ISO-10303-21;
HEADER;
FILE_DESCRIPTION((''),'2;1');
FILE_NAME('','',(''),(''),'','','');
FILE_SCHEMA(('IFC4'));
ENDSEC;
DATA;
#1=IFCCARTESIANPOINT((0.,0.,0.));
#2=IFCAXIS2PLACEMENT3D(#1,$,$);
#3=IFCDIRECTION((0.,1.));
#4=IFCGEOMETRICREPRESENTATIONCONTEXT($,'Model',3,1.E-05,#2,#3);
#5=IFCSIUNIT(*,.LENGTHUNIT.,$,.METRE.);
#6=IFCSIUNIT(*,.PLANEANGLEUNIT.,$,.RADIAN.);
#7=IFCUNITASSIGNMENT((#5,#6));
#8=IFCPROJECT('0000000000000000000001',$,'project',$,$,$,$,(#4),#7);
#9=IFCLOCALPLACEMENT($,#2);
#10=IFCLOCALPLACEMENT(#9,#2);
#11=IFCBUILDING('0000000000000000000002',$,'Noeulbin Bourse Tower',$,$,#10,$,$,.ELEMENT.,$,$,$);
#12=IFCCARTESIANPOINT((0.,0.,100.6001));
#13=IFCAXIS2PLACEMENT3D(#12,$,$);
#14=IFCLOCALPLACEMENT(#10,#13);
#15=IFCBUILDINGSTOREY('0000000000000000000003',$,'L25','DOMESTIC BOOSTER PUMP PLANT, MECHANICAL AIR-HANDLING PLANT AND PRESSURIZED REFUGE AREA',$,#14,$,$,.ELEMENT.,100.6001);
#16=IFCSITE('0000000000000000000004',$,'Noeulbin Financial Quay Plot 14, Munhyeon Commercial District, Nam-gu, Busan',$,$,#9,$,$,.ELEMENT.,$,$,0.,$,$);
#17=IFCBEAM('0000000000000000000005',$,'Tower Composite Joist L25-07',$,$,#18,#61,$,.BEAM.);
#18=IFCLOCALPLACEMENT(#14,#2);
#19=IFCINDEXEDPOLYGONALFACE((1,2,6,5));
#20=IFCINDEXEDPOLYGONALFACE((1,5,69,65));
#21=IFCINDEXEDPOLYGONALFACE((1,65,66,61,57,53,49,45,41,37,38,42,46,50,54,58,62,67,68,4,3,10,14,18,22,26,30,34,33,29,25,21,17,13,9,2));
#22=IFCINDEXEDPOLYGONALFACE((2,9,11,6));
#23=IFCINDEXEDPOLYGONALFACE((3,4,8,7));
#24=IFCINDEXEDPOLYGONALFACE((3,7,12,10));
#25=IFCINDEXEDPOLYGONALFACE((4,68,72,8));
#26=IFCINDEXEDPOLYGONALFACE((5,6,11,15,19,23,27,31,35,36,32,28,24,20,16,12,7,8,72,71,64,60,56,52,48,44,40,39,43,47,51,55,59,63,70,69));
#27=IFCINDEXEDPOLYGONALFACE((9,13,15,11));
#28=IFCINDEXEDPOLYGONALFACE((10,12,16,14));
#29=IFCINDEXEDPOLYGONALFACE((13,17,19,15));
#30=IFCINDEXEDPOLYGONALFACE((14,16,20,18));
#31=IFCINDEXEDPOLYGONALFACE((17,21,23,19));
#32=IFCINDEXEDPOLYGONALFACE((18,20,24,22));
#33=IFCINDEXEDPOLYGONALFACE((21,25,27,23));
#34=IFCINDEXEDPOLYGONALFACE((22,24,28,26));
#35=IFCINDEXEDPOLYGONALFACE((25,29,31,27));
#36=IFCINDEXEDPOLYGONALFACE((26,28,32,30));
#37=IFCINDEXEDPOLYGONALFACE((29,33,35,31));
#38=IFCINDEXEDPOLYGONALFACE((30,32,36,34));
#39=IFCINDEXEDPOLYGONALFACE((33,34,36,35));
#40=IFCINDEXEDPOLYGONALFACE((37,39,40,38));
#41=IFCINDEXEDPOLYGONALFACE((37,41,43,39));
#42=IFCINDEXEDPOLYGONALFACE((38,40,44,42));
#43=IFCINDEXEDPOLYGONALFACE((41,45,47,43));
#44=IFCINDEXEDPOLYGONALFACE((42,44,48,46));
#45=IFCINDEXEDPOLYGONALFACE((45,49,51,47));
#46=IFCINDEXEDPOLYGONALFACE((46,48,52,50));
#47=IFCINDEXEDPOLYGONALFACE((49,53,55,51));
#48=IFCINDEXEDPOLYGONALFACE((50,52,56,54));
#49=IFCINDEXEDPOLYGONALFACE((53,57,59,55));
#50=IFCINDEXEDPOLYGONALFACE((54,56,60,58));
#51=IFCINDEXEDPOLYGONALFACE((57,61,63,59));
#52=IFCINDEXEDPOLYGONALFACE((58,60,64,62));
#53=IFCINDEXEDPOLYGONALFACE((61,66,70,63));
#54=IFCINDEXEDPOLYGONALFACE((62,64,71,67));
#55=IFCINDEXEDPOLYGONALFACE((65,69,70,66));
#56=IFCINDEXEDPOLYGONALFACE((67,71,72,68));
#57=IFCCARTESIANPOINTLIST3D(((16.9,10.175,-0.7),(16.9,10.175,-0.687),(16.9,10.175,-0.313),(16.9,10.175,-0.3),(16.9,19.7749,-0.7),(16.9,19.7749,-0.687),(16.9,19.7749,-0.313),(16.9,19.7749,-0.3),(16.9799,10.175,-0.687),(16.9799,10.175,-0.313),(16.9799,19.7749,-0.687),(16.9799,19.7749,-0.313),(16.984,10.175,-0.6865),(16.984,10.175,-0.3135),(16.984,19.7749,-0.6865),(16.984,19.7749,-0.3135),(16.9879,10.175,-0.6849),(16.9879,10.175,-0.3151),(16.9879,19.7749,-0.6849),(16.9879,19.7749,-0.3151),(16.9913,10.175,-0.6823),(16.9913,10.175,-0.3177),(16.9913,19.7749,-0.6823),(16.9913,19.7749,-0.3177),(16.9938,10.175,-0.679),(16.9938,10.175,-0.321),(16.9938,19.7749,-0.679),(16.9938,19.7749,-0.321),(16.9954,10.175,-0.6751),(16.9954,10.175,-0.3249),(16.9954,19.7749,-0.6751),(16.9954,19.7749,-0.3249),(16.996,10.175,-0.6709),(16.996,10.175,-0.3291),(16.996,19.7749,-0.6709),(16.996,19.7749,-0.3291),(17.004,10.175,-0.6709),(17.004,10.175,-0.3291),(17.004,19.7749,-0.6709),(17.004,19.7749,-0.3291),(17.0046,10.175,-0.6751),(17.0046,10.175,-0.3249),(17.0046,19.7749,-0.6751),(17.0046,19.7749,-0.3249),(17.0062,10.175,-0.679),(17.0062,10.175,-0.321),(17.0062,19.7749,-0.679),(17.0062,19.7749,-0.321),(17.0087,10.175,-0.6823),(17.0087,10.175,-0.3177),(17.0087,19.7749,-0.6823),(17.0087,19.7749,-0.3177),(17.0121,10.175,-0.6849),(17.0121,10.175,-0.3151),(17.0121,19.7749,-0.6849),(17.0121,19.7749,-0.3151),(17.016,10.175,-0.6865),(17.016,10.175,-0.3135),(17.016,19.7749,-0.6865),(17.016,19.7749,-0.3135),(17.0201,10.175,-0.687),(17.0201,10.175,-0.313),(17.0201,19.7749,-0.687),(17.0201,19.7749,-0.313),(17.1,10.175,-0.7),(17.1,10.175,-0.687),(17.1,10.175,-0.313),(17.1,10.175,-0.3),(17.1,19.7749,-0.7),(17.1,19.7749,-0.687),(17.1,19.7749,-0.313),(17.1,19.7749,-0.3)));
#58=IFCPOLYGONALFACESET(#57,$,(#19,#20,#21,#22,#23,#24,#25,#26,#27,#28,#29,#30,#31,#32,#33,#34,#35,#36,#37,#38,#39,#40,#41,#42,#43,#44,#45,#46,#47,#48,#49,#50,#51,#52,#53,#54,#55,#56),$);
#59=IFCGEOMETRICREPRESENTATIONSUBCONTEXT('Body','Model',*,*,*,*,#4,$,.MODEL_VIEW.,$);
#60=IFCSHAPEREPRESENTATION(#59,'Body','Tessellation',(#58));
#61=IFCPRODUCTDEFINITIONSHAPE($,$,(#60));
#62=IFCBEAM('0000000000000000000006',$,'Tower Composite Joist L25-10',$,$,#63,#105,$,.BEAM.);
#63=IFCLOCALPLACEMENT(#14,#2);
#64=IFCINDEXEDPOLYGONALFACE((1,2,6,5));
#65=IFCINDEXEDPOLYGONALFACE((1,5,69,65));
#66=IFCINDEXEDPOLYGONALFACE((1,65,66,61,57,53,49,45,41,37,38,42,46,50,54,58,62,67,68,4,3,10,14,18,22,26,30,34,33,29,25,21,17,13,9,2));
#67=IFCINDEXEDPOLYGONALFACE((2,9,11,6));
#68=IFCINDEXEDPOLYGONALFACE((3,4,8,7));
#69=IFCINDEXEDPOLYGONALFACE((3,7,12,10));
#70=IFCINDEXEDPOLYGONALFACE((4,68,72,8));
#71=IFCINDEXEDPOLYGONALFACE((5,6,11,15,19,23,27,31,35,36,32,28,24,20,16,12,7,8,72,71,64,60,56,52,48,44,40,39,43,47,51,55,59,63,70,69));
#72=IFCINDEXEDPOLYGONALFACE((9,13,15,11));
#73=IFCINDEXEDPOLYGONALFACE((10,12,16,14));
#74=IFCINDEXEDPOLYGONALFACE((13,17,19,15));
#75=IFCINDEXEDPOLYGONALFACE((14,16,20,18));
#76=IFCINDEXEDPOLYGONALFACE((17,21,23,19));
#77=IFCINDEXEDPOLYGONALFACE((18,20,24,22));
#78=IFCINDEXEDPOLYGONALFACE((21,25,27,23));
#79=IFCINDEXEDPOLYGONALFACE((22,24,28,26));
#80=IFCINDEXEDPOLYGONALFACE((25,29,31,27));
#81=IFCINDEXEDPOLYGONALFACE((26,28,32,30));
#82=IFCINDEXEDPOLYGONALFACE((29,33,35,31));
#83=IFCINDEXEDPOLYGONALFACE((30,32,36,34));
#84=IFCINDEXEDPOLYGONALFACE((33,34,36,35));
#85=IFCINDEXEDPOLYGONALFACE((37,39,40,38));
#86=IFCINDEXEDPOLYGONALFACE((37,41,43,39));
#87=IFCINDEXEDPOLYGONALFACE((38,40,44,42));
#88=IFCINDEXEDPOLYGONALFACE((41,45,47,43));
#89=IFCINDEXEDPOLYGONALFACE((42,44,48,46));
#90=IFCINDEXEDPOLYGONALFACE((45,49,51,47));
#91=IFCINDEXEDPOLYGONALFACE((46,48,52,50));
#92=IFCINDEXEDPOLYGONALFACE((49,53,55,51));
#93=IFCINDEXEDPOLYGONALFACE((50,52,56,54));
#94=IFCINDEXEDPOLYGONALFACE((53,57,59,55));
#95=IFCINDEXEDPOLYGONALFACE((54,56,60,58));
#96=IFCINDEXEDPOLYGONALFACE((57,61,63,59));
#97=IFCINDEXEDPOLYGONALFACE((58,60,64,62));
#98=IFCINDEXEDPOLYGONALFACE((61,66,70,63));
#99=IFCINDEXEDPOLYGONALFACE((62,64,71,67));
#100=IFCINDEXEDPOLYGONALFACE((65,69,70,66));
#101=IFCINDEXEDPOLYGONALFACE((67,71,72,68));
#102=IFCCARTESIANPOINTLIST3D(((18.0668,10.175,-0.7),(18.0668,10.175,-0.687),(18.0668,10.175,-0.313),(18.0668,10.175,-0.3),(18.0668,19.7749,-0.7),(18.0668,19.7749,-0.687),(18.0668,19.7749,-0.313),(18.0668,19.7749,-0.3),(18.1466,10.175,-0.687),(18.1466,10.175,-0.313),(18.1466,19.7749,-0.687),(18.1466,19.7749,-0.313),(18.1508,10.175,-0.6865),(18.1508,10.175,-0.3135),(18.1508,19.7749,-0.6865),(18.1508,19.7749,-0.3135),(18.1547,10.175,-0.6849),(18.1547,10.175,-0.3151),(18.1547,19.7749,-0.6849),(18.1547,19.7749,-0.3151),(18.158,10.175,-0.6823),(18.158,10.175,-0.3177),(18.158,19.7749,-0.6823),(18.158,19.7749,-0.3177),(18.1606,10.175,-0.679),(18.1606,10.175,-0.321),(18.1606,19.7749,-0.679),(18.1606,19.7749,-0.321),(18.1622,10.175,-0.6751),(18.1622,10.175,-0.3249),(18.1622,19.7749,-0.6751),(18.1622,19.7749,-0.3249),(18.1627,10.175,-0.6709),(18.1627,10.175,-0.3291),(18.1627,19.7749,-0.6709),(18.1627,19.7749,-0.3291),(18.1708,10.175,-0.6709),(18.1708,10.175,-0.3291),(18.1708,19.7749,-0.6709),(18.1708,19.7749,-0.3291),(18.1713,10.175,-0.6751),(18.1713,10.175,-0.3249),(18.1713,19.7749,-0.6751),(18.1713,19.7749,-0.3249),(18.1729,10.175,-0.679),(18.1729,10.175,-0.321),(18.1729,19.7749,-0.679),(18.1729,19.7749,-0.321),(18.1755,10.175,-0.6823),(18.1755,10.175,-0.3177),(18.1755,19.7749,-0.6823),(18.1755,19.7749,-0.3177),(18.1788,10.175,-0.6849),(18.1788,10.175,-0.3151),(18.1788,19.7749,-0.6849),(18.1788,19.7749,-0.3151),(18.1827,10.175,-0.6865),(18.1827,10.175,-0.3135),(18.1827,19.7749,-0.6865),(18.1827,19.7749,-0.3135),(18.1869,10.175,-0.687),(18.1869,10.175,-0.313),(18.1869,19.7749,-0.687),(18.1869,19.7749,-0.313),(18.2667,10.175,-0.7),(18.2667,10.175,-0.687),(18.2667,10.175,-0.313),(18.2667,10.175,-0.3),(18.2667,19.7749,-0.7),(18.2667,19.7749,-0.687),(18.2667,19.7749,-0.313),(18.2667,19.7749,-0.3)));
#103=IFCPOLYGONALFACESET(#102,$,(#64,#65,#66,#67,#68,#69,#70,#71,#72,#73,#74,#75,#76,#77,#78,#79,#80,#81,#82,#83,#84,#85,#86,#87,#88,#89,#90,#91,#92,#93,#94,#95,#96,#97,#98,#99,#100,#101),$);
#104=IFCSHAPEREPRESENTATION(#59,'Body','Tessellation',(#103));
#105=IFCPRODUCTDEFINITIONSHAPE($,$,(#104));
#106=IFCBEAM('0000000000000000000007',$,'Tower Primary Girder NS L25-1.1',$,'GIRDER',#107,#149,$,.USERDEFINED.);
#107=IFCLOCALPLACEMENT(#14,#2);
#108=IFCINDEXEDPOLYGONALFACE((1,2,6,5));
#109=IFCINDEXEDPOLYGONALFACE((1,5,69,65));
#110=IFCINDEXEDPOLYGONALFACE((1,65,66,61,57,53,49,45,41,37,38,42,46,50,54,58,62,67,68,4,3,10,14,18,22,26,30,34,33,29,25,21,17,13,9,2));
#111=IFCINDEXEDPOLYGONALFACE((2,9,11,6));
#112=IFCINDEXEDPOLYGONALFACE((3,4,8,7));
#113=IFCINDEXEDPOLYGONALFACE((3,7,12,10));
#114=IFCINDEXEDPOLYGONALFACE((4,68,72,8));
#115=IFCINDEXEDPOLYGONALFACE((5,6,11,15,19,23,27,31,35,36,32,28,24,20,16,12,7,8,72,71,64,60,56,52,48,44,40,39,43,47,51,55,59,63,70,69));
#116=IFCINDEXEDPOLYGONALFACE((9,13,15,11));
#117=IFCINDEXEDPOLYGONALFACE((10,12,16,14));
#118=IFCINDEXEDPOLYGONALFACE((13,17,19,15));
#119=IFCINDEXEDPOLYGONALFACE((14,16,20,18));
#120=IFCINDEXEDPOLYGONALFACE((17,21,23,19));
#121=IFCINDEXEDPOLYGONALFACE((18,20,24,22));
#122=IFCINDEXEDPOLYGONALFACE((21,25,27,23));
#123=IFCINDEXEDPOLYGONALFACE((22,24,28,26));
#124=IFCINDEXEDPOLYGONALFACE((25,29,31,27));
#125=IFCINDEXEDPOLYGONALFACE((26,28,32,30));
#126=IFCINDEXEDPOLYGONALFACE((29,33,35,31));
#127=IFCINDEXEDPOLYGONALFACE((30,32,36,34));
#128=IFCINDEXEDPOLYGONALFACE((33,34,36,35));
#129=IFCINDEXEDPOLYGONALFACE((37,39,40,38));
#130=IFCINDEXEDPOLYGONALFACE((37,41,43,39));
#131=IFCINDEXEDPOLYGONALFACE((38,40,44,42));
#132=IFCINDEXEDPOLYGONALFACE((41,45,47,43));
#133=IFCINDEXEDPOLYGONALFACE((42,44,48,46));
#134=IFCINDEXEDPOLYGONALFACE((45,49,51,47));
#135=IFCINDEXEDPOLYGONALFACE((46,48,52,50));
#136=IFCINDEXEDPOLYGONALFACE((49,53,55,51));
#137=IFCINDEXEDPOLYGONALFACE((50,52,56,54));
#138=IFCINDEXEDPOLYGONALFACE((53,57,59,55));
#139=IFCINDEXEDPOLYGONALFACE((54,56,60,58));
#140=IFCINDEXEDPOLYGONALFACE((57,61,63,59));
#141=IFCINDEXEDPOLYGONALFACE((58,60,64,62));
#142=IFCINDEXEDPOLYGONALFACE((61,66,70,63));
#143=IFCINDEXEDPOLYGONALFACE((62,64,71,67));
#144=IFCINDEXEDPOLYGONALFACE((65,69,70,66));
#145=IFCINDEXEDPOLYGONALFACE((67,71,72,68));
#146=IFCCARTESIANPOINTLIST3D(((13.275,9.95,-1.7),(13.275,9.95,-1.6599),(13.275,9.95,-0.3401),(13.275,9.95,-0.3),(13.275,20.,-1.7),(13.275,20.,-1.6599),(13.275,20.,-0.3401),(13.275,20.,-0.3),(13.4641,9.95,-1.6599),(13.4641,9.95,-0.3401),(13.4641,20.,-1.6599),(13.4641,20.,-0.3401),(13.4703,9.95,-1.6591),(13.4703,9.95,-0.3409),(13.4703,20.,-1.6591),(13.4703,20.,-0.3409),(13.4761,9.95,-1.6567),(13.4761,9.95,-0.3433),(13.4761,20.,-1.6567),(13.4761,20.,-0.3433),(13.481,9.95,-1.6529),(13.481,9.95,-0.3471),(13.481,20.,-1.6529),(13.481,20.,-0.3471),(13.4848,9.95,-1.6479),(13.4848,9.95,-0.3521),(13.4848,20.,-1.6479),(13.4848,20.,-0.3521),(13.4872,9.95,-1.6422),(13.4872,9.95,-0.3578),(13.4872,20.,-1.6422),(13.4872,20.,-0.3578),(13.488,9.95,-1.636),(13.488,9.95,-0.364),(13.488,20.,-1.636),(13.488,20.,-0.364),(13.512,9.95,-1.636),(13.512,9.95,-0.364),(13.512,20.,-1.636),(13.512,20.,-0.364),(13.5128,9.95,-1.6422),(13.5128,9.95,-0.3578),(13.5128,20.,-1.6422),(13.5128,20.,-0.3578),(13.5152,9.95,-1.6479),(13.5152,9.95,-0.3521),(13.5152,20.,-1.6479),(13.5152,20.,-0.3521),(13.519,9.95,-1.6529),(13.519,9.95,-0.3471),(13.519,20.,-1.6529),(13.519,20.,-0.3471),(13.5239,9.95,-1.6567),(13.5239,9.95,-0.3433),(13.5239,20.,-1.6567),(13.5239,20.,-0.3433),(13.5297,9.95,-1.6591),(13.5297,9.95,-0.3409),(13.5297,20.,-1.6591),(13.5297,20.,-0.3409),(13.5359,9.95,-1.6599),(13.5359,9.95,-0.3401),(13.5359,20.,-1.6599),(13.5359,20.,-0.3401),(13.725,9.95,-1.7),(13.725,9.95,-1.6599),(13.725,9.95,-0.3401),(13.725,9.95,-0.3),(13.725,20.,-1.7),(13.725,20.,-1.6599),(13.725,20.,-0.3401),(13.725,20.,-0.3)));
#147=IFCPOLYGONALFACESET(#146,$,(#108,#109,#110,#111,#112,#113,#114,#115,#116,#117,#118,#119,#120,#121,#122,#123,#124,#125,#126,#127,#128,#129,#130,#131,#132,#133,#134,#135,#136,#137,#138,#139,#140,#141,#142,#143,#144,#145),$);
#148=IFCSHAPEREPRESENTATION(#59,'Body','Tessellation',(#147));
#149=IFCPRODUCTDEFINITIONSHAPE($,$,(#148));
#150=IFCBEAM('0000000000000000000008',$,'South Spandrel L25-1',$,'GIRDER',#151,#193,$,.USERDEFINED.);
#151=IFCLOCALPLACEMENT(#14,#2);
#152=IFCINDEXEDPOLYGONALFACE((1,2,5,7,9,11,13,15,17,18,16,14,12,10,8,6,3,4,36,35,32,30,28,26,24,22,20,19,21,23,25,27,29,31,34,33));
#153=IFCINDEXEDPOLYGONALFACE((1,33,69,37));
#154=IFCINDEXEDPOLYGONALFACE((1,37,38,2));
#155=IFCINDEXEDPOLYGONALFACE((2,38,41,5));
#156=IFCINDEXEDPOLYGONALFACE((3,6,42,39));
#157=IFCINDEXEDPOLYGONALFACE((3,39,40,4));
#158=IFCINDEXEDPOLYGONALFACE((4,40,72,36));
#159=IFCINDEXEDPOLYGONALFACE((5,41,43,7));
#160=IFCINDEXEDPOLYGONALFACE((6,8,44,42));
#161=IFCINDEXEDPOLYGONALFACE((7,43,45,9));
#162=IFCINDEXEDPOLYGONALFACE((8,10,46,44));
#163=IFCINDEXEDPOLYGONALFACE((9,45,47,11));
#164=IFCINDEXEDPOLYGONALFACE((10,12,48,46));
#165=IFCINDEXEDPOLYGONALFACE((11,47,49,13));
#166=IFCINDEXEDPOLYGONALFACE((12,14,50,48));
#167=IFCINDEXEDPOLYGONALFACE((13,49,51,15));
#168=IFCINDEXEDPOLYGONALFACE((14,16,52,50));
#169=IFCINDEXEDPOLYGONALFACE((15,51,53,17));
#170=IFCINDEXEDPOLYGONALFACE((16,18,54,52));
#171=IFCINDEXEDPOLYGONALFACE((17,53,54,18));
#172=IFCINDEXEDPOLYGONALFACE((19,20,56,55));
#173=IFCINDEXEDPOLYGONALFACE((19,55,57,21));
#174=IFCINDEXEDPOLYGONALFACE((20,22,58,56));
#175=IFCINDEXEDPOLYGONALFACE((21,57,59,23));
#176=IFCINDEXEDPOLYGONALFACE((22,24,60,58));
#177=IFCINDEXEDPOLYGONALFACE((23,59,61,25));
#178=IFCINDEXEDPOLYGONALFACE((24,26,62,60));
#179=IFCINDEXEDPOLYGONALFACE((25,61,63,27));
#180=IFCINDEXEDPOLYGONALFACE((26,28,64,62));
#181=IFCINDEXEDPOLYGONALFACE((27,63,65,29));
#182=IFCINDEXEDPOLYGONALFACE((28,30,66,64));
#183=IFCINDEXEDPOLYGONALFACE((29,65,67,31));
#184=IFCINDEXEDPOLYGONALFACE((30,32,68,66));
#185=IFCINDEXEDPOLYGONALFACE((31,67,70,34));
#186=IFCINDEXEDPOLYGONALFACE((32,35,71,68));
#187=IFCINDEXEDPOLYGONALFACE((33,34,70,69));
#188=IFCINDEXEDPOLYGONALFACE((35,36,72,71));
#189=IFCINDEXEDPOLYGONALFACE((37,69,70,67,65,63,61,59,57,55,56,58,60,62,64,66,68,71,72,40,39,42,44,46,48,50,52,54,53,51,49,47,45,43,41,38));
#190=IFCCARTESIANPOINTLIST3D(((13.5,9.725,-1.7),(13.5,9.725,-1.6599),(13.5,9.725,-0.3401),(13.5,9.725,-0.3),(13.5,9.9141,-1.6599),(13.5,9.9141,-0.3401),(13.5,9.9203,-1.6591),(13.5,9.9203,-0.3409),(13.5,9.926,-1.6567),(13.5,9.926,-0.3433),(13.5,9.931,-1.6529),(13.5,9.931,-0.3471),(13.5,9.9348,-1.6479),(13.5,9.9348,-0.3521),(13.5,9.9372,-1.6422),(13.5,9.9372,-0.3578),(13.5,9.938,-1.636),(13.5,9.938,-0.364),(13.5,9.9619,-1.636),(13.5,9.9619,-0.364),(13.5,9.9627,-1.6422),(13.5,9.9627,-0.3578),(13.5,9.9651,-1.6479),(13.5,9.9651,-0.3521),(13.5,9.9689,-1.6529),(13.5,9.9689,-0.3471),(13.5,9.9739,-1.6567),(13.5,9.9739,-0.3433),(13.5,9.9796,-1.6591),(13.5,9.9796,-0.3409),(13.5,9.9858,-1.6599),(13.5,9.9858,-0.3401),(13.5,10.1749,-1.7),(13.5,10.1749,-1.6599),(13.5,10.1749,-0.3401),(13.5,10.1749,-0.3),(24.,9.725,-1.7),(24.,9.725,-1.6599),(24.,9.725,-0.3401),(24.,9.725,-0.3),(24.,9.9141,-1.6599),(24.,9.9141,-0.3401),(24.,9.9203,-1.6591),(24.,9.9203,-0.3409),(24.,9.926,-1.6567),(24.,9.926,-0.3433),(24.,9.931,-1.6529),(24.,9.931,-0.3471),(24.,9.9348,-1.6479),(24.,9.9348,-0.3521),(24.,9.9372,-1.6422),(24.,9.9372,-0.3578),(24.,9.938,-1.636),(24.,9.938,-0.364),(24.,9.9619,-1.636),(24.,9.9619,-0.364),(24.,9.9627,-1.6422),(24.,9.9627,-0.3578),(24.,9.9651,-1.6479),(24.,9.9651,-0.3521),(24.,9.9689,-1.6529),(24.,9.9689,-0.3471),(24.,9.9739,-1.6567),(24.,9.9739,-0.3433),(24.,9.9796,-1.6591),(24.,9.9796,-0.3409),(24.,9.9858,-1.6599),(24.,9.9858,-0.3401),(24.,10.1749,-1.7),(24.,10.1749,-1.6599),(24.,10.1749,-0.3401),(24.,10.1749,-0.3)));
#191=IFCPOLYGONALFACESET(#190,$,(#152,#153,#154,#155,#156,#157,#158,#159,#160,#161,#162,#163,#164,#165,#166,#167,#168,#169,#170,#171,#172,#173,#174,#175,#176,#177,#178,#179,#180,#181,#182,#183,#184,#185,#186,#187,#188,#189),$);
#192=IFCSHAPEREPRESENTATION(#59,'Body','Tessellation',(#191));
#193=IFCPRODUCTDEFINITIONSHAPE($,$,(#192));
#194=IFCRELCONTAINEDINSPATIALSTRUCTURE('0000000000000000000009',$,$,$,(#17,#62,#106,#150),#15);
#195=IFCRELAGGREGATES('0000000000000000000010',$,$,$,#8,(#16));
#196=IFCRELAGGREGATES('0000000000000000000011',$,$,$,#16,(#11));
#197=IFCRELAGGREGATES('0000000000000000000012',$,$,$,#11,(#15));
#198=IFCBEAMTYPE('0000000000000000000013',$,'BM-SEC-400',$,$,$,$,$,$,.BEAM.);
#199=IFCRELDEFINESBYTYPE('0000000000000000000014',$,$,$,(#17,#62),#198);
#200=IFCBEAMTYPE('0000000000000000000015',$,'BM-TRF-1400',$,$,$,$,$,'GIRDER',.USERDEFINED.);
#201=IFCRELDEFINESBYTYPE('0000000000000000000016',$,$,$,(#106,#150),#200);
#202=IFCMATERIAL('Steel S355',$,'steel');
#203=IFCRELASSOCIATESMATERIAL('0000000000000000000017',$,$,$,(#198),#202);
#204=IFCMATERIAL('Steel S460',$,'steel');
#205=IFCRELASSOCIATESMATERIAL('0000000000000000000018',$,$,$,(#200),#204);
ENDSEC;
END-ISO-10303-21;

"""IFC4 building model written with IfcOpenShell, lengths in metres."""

from ifc_helpers import new_model, si_unit, direction, frame, origin, origin_2d, place, context, subcontext, project, spatial, i_section, extrude, material, material_profile, profile_set, type_object, element, save


model = new_model("IFC4")

# Units and contexts
model_context = context("Model", 3, precision=1e-05, world=origin(), true_north=direction((0.0, 1.0)))
body_context = subcontext(model_context, "Body", "Model", "MODEL_VIEW")
ifc_project = project(units=[si_unit("LENGTHUNIT", "METRE"), si_unit("PLANEANGLEUNIT", "RADIAN")], contexts=[model_context])

# Site, building, storey
site_placement = place(None, origin())
site = spatial("IfcSite", under=ifc_project, at=site_placement, Name="Noeulbin Financial Quay Plot 14, Munhyeon Commercial District, Nam-gu, Busan", CompositionType="ELEMENT", RefElevation=0.0)
building_placement = place(site_placement, origin())
building = spatial("IfcBuilding", under=site, at=building_placement, Name="Noeulbin Bourse Tower", CompositionType="ELEMENT")
storey_placement = place(building_placement, frame((0.0, 0.0, 100.6001)))
storey = spatial("IfcBuildingStorey", under=building, at=storey_placement, Name="L25", Description="DOMESTIC BOOSTER PUMP PLANT, MECHANICAL AIR-HANDLING PLANT AND PRESSURIZED REFUGE AREA", CompositionType="ELEMENT", Elevation=100.6001)

# Shared definitions
ifc_material_1 = material(Name="Steel S460", Category="steel")

# Beams
ifc_material_2 = material(Name="Steel S355", Category="steel")
ifc_material_profile_1 = material_profile(ifc_material_2, i_section(OverallWidth=0.2, OverallDepth=0.3999, WebThickness=0.0081, FlangeThickness=0.0129, FilletRadius=0.0161, at=origin_2d()), Name="H-400x200x8x13", Category="LoadBearing")
ifc_profile_set_1 = profile_set([ifc_material_profile_1], Name="Steel S355")
beam_type_1 = type_object("IfcBeamType", Name="BM-SEC-400", PredefinedType="BEAM", material=ifc_profile_set_1)
for number, where, z_axis, x_axis, name in (
    (1, (17.0, 10.175, -0.5), (0.0, 1.0, 0.0), (-1.0, 0.0, 0.0), "Tower Composite Joist L25-07"),
    (2, (18.1667, 10.175, -0.5), (0.0, 1.0, 0.0), (-1.0, 0.0, 0.0), "Tower Composite Joist L25-10"),
):
    element("IfcBeam", number, at=place(storey_placement, frame(where, z_axis=z_axis, x_axis=x_axis)), inside=storey, type_object=beam_type_1, Name=name, PredefinedType="BEAM", context=body_context, shape_type="SweptSolid", body=[
        extrude(i_section(OverallWidth=0.2, OverallDepth=0.3999, WebThickness=0.0081, FlangeThickness=0.0129, FilletRadius=0.0161, at=origin_2d()), origin(), (0.0, 0.0, 1.0), 9.5999),
    ])
ifc_material_profile_2 = material_profile(ifc_material_1, i_section(OverallWidth=0.45, OverallDepth=1.3999, WebThickness=0.0239, FlangeThickness=0.04, FilletRadius=0.0239, at=origin_2d()), Name="PG-1400x450x24x40", Category="LoadBearing")
ifc_profile_set_2 = profile_set([ifc_material_profile_2], Name="Steel S460")
beam_type_2 = type_object("IfcBeamType", Name="BM-TRF-1400", ElementType="GIRDER", PredefinedType="USERDEFINED", material=ifc_profile_set_2)
beam_1_placement = place(storey_placement, frame((13.5, 9.95, -1.0), z_axis=(0.0, 1.0, 0.0), x_axis=(-1.0, 0.0, 0.0)))
element("IfcBeam", 3, at=beam_1_placement, inside=storey, type_object=beam_type_2, Name="Tower Primary Girder NS L25-1.1", ObjectType="GIRDER", PredefinedType="USERDEFINED", context=body_context, shape_type="SweptSolid", body=[
    extrude(i_section(OverallWidth=0.45, OverallDepth=1.3999, WebThickness=0.0239, FlangeThickness=0.04, FilletRadius=0.0239, at=origin_2d()), origin(), (0.0, 0.0, 1.0), 10.05),
])
beam_2_placement = place(storey_placement, frame((13.5, 9.95, -1.0), z_axis=(1.0, 0.0, 0.0), x_axis=(0.0, 1.0, 0.0)))
element("IfcBeam", 4, at=beam_2_placement, inside=storey, type_object=beam_type_2, Name="South Spandrel L25-1", ObjectType="GIRDER", PredefinedType="USERDEFINED", context=body_context, shape_type="SweptSolid", body=[
    extrude(i_section(OverallWidth=0.45, OverallDepth=1.3999, WebThickness=0.0239, FlangeThickness=0.04, FilletRadius=0.0239, at=origin_2d()), origin(), (0.0, 0.0, 1.0), 10.5),
])

save(model, "model.ifc")
